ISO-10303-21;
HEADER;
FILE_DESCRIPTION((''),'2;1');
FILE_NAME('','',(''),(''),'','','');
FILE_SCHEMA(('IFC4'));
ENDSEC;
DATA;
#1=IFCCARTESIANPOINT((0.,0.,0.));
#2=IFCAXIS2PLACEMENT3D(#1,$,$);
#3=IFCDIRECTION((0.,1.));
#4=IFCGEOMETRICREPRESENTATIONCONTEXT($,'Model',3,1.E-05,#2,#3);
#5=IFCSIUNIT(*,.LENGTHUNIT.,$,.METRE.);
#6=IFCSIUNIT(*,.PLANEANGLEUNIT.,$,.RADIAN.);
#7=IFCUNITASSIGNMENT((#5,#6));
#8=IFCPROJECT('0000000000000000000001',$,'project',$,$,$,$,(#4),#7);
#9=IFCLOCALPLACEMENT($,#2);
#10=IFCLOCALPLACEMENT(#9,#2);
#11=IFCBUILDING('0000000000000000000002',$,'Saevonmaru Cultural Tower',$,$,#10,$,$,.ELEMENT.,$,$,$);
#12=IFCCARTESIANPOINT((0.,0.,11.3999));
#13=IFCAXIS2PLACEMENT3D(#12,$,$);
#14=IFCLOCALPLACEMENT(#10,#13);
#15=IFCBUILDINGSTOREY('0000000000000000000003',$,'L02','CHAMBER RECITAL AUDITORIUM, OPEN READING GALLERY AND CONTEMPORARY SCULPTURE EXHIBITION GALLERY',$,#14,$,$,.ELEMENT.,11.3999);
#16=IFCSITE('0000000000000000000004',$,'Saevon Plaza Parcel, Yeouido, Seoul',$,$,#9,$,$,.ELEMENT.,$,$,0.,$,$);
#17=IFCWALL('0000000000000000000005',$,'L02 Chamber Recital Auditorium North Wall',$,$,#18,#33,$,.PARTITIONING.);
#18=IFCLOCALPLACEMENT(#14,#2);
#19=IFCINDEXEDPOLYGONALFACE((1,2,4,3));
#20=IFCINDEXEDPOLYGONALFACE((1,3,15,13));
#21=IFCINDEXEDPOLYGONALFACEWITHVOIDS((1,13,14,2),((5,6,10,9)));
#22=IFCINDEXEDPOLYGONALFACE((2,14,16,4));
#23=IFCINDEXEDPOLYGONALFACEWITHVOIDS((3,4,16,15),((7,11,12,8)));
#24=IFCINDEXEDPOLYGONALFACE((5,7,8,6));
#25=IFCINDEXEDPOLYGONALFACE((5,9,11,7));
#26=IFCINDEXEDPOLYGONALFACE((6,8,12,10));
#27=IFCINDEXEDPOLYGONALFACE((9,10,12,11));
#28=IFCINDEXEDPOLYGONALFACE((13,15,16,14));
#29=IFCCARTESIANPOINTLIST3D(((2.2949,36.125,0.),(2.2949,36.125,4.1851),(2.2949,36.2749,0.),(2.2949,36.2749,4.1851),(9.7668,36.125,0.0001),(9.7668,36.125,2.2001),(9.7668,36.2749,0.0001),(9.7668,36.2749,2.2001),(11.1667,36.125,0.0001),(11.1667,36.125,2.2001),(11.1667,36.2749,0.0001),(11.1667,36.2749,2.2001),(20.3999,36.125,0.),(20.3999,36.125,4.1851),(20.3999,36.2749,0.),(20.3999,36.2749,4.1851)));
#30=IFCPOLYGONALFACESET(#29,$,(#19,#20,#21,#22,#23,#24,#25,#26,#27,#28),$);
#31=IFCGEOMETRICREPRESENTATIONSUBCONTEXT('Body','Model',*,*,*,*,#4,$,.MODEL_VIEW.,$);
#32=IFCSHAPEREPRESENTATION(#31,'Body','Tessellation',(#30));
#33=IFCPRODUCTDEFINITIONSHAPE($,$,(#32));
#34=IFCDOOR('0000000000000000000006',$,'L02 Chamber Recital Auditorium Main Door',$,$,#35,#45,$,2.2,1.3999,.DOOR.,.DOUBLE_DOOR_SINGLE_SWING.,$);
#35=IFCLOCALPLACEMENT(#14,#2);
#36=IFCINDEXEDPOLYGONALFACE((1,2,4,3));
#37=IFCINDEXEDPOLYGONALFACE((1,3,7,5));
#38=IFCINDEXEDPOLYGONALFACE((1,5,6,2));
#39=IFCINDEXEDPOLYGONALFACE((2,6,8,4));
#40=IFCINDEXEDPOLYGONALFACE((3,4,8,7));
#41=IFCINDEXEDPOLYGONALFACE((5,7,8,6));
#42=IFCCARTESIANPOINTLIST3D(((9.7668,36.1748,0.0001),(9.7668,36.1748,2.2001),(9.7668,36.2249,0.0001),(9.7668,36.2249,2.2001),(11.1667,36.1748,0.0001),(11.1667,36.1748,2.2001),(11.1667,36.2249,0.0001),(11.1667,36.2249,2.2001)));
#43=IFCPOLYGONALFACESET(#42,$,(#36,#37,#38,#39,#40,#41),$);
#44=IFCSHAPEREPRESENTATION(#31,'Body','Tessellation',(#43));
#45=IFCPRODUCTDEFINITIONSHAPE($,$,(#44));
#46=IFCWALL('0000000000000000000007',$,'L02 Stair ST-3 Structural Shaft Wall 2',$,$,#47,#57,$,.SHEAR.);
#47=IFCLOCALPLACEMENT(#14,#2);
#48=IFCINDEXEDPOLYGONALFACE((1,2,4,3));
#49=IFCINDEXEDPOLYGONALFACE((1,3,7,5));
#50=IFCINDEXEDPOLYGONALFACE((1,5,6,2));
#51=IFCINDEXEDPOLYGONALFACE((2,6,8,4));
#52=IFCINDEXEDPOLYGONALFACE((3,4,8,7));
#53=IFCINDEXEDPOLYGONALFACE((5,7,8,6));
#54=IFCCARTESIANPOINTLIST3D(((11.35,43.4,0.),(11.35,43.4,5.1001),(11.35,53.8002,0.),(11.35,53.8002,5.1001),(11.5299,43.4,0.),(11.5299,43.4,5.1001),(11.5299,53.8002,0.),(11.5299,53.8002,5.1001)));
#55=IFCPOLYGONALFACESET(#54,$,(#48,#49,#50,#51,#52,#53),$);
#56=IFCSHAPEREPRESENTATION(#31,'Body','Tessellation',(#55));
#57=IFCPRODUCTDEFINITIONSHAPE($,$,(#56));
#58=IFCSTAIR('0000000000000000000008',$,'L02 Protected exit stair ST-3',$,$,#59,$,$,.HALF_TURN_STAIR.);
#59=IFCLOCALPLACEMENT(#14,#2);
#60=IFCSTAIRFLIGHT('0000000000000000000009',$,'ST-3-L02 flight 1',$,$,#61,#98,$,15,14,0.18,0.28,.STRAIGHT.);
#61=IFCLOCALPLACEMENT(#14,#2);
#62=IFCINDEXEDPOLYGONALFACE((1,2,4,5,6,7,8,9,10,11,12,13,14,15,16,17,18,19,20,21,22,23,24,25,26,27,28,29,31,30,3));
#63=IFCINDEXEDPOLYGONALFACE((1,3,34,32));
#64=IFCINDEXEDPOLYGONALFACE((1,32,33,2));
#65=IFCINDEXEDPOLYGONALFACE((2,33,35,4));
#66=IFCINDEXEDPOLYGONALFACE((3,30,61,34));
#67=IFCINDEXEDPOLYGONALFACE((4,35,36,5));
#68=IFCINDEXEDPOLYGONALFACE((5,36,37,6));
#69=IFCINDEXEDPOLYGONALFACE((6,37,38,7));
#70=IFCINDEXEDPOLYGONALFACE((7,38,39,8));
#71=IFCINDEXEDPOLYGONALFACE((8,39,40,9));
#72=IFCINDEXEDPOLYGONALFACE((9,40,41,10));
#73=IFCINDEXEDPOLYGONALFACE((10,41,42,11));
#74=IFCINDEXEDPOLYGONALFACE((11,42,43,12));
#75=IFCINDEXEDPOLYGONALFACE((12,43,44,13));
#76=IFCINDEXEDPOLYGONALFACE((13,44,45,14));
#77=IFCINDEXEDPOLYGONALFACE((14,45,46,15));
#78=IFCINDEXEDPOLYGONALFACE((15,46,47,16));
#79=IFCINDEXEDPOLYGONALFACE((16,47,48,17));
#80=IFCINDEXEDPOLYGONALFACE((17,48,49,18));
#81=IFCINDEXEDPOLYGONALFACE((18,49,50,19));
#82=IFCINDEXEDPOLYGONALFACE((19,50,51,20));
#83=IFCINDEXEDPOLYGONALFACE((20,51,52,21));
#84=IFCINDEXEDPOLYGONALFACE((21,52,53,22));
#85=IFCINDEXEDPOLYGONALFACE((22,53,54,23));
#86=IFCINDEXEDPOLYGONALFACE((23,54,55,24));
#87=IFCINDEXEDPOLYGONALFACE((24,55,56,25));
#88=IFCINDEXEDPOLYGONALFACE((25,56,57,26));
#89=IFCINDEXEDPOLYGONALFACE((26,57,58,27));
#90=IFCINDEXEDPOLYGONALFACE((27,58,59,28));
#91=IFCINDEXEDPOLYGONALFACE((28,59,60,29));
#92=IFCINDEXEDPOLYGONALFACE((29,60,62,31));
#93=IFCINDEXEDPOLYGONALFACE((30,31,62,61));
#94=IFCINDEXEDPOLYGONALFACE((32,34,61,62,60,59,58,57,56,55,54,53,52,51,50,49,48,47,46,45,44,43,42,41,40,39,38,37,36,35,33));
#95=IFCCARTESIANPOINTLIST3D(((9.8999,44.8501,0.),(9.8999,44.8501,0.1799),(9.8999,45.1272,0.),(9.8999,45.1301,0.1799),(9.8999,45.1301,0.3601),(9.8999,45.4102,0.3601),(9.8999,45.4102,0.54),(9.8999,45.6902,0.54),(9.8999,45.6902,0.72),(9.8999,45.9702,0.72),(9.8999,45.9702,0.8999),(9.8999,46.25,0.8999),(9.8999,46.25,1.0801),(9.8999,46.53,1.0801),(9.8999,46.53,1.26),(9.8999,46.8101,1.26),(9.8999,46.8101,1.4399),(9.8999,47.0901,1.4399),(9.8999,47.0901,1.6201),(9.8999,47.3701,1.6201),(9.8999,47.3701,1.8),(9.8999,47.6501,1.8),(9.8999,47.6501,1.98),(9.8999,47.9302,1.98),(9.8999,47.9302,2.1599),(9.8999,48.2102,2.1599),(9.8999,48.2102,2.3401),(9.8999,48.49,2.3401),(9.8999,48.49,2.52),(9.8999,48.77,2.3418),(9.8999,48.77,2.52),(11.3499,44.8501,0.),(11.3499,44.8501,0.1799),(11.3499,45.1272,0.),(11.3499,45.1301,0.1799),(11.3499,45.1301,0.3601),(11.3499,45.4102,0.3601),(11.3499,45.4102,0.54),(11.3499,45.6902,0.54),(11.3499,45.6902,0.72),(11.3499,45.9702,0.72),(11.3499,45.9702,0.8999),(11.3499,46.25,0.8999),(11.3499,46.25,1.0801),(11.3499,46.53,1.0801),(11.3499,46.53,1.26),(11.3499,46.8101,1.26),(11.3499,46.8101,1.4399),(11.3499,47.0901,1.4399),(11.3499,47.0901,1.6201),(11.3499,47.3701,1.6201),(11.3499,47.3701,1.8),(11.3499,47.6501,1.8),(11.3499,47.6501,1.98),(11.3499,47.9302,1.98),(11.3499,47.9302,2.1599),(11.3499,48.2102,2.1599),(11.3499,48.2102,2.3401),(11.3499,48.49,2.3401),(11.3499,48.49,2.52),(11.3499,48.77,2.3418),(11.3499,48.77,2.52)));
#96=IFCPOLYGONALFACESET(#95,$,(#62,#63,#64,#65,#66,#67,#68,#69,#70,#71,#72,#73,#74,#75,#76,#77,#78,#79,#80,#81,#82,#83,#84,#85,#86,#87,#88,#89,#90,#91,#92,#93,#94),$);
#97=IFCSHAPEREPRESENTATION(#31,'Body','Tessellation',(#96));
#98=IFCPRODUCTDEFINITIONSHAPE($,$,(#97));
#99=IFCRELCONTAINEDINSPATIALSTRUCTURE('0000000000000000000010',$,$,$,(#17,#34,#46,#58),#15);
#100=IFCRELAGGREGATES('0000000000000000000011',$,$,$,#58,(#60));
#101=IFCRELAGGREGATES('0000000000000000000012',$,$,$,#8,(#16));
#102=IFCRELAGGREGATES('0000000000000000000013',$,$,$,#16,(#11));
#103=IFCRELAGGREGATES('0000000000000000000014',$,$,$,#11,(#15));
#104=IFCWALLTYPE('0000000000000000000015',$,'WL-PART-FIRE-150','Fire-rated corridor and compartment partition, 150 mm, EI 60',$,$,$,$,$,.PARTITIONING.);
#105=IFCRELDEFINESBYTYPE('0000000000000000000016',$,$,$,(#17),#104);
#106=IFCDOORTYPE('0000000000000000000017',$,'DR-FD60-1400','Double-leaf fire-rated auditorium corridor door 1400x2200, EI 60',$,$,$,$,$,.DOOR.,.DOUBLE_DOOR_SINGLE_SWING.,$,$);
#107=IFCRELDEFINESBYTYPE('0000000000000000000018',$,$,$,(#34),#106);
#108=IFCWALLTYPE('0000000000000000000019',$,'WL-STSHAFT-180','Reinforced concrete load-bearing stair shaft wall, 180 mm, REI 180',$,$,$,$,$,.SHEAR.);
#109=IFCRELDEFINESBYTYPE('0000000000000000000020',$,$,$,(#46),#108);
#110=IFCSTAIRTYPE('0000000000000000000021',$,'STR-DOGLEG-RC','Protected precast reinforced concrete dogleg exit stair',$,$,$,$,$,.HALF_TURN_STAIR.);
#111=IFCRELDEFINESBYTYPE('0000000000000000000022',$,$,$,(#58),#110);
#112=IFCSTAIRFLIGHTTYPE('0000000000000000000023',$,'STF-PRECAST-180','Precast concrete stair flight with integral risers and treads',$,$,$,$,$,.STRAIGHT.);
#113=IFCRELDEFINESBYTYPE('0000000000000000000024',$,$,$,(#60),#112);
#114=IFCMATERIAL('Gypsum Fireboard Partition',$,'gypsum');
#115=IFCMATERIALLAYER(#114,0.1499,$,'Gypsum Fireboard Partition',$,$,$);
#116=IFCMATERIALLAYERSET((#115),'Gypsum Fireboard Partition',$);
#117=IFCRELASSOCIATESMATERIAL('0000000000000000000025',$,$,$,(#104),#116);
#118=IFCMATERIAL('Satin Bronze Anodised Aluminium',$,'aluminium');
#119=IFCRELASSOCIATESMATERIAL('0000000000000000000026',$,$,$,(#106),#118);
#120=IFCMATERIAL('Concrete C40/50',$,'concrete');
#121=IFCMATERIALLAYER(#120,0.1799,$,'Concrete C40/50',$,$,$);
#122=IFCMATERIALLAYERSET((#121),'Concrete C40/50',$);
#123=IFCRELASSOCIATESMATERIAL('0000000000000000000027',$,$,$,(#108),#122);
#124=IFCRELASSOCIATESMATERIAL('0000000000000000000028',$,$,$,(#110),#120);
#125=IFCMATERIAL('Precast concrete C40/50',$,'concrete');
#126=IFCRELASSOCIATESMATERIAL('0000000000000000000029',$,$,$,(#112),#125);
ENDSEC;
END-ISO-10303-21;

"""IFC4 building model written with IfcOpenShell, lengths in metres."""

from ifc_helpers import new_model, si_unit, direction, frame, frame_2d, origin, place, context, subcontext, project, spatial, polyline, rectangle, outline, extrude, material, layer, layer_set, type_object, element, fill, aggregate, save


model = new_model("IFC4")

# Units and contexts
model_context = context("Model", 3, precision=1e-05, world=origin(), true_north=direction((0.0, 1.0)))
body_context = subcontext(model_context, "Body", "Model", "MODEL_VIEW")
ifc_project = project(units=[si_unit("LENGTHUNIT", "METRE"), si_unit("PLANEANGLEUNIT", "RADIAN")], contexts=[model_context])

# Site, building, storey
site_placement = place(None, origin())
site = spatial("IfcSite", under=ifc_project, at=site_placement, Name="Saevon Plaza Parcel, Yeouido, Seoul", CompositionType="ELEMENT", RefElevation=0.0)
building_placement = place(site_placement, origin())
building = spatial("IfcBuilding", under=site, at=building_placement, Name="Saevonmaru Cultural Tower", CompositionType="ELEMENT")
storey_placement = place(building_placement, frame((0.0, 0.0, 11.3999)))
storey = spatial("IfcBuildingStorey", under=building, at=storey_placement, Name="L02", Description="CHAMBER RECITAL AUDITORIUM, OPEN READING GALLERY AND CONTEMPORARY SCULPTURE EXHIBITION GALLERY", CompositionType="ELEMENT", Elevation=11.3999)

# Wall, opening, door
ifc_material_1 = material(Name="Gypsum Fireboard Partition", Category="gypsum")
ifc_layer_1 = layer(ifc_material_1, 0.1499, Name="Gypsum Fireboard Partition")
ifc_layer_set_1 = layer_set([ifc_layer_1], Name="Gypsum Fireboard Partition")
wall_type_1 = type_object("IfcWallType", Name="WL-PART-FIRE-150", Description="Fire-rated corridor and compartment partition, 150 mm, EI 60", PredefinedType="PARTITIONING", material=ifc_layer_set_1)
wall_1_placement = place(storey_placement, frame((2.2949, 36.2, 0.0), z_axis=(0.0, 0.0, 1.0), x_axis=(1.0, 0.0, 0.0)))
wall_1 = element("IfcWall", 1, at=wall_1_placement, inside=storey, type_object=wall_type_1, Name="L02 Chamber Recital Auditorium North Wall", PredefinedType="PARTITIONING", context=body_context, shape_type="SweptSolid", body=[
    extrude(rectangle(XDim=18.105, YDim=0.1499, at=frame_2d((9.0525, 0.0))), origin(), (0.0, 0.0, 1.0), 4.1851),
])
opening_1_placement = place(wall_1_placement, frame((7.4719, 0.0, 0.0)))
opening_1 = element("IfcOpeningElement", 2, at=opening_1_placement, cuts=wall_1, PredefinedType="OPENING", context=body_context, shape_type="SweptSolid", body=[
    extrude(rectangle(XDim=1.3999, YDim=2.2, at=frame_2d((0.7, 1.1001))), frame((0.0, 0.085, 0.0), z_axis=(0.0, -1.0, 0.0), x_axis=(1.0, 0.0, 0.0)), (0.0, 0.0, 1.0), 0.1699),
])
ifc_material_2 = material(Name="Satin Bronze Anodised Aluminium", Category="aluminium")
door_type_1 = type_object("IfcDoorType", Name="DR-FD60-1400", Description="Double-leaf fire-rated auditorium corridor door 1400x2200, EI 60", OperationType="DOUBLE_DOOR_SINGLE_SWING", PredefinedType="DOOR", material=ifc_material_2)
door_1_placement = place(opening_1_placement, origin())
door_1 = element("IfcDoor", 3, at=door_1_placement, inside=storey, type_object=door_type_1, Name="L02 Chamber Recital Auditorium Main Door", OperationType="DOUBLE_DOOR_SINGLE_SWING", OverallHeight=2.2, OverallWidth=1.3999, PredefinedType="DOOR", context=body_context, shape_type="SweptSolid", body=[
    extrude(rectangle(XDim=1.3999, YDim=2.2, at=frame_2d((0.7, 1.1001))), frame((0.0, 0.0249, 0.0), z_axis=(0.0, -1.0, 0.0), x_axis=(1.0, 0.0, 0.0)), (0.0, 0.0, 1.0), 0.05),
])
fill(opening_1, door_1)
ifc_material_3 = material(Name="Concrete C40/50", Category="concrete")
ifc_layer_2 = layer(ifc_material_3, 0.1799, Name="Concrete C40/50")
ifc_layer_set_2 = layer_set([ifc_layer_2], Name="Concrete C40/50")
wall_type_2 = type_object("IfcWallType", Name="WL-STSHAFT-180", Description="Reinforced concrete load-bearing stair shaft wall, 180 mm, REI 180", PredefinedType="SHEAR", material=ifc_layer_set_2)

# Wall
wall_2_placement = place(storey_placement, frame((11.4399, 43.3999, 0.0), z_axis=(0.0, 0.0, 1.0), x_axis=(0.0, 1.0, 0.0)))
element("IfcWall", 4, at=wall_2_placement, inside=storey, type_object=wall_type_2, Name="L02 Stair ST-3 Structural Shaft Wall 2", PredefinedType="SHEAR", context=body_context, shape_type="SweptSolid", body=[
    extrude(rectangle(XDim=10.4001, YDim=0.1799, at=frame_2d((5.2002, 0.0))), origin(), (0.0, 0.0, 1.0), 5.1001),
])

# Stair, stair flight
stair_type = type_object("IfcStairType", Name="STR-DOGLEG-RC", Description="Protected precast reinforced concrete dogleg exit stair", PredefinedType="HALF_TURN_STAIR", material=ifc_material_3)
stair_placement = place(storey_placement, origin())
stair = element("IfcStair", 5, at=stair_placement, inside=storey, type_object=stair_type, Name="L02 Protected exit stair ST-3", PredefinedType="HALF_TURN_STAIR")
ifc_material_4 = material(Name="Precast concrete C40/50", Category="concrete")
stair_flight_type = type_object("IfcStairFlightType", Name="STF-PRECAST-180", Description="Precast concrete stair flight with integral risers and treads", PredefinedType="STRAIGHT", material=ifc_material_4)
stair_flight_placement = place(storey_placement, frame((10.625, 44.8501, 0.0), z_axis=(0.0, 0.0, 1.0), x_axis=(0.0, 1.0, 0.0)))
stair_flight = element("IfcStairFlight", 6, at=stair_flight_placement, type_object=stair_flight_type, Name="ST-3-L02 flight 1", NumberOfRisers=15, NumberOfTreads=14, PredefinedType="STRAIGHT", RiserHeight=0.18, TreadLength=0.28, context=body_context, shape_type="SweptSolid", body=[
    extrude(outline(polyline([(0.0, 0.0), (0.0, 0.1799), (0.28, 0.1799), (0.28, 0.3601), (0.5601, 0.3601), (0.5601, 0.54), (0.8401, 0.54), (0.8401, 0.72), (1.1201, 0.72), (1.1201, 0.8999), (1.3999, 0.8999), (1.3999, 1.0801), (1.6799, 1.0801), (1.6799, 1.26), (1.96, 1.26), (1.96, 1.4399), (2.24, 1.4399), (2.24, 1.6201), (2.52, 1.6201), (2.52, 1.8), (2.8, 1.8), (2.8, 1.98), (3.0801, 1.98), (3.0801, 2.1599), (3.3601, 2.1599), (3.3601, 2.3401), (3.6399, 2.3401), (3.6399, 2.52), (3.9199, 2.52), (3.9199, 2.7), (3.9199, 2.3418), (0.2771, 0.0), (0.0, 0.0)])), frame((0.0, 0.7251, 0.0), z_axis=(0.0, -1.0, 0.0), x_axis=(1.0, 0.0, 0.0)), (0.0, 0.0, 1.0), 1.45),
])
aggregate(stair, [stair_flight])

save(model, "model.ifc")
